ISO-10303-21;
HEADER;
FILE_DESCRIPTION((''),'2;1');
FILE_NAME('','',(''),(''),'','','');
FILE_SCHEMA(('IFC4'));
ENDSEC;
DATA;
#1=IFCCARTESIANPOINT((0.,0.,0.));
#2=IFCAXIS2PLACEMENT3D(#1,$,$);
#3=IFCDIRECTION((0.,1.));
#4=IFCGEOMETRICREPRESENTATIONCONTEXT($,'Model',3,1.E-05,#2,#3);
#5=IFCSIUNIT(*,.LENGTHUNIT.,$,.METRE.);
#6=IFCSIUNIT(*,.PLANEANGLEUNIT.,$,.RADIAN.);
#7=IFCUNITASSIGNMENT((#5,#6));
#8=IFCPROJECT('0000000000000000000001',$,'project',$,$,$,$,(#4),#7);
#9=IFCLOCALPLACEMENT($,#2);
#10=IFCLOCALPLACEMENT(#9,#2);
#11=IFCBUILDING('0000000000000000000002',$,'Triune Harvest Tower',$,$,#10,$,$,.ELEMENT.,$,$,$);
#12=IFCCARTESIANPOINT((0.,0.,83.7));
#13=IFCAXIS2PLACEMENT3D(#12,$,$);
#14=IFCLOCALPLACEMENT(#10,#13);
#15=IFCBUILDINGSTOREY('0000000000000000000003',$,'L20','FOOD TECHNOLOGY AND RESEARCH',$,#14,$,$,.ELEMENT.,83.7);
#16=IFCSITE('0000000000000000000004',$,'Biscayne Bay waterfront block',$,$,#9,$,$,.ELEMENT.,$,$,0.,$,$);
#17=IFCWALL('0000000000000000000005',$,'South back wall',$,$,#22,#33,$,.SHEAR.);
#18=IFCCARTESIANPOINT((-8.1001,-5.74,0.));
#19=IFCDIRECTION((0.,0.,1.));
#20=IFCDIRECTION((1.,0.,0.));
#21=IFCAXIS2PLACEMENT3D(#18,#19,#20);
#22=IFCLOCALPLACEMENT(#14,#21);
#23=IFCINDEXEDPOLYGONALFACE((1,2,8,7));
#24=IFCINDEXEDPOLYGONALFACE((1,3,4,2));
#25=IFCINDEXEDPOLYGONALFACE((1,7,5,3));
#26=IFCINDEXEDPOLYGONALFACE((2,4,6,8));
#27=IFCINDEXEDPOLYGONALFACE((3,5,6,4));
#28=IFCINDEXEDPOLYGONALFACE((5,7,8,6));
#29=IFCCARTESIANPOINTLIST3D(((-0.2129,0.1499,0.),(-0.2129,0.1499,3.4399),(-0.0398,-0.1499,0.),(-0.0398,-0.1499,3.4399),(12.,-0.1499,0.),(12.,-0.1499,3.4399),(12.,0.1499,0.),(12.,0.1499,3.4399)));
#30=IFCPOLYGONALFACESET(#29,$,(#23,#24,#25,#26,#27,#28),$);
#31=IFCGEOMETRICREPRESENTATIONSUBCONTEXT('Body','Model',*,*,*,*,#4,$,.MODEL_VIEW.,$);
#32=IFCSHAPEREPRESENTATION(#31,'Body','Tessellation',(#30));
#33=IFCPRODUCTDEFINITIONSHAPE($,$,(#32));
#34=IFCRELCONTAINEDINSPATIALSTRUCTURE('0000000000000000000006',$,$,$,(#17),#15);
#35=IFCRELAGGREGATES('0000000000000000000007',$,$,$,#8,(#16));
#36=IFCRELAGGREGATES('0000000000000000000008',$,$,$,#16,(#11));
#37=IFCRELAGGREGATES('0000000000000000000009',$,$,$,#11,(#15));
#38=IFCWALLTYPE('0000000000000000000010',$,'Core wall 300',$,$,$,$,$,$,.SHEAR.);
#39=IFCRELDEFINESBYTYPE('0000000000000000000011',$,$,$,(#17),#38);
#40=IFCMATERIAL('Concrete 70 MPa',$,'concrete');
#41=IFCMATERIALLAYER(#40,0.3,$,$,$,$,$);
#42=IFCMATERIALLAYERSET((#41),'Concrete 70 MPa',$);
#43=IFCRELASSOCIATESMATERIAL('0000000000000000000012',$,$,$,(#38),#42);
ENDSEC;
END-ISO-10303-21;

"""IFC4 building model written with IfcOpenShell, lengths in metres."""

from ifc_helpers import new_model, si_unit, direction, frame, origin, place, context, subcontext, project, spatial, polyline, outline, extrude, source, transform, mapped, material, layer, layer_set, type_object, element, save


model = new_model("IFC4")

# Units and contexts
model_context = context("Model", 3, precision=1e-05, world=origin(), true_north=direction((0.0, 1.0)))
body_context = subcontext(model_context, "Body", "Model", "MODEL_VIEW")
ifc_project = project(units=[si_unit("LENGTHUNIT", "METRE"), si_unit("PLANEANGLEUNIT", "RADIAN")], contexts=[model_context])

# Site, building, storey
site_placement = place(None, origin())
site = spatial("IfcSite", under=ifc_project, at=site_placement, Name="Biscayne Bay waterfront block", CompositionType="ELEMENT", RefElevation=0.0)
building_placement = place(site_placement, origin())
building = spatial("IfcBuilding", under=site, at=building_placement, Name="Triune Harvest Tower", CompositionType="ELEMENT")
storey_placement = place(building_placement, frame((0.0, 0.0, 83.7)))
storey = spatial("IfcBuildingStorey", under=building, at=storey_placement, Name="L20", Description="FOOD TECHNOLOGY AND RESEARCH", CompositionType="ELEMENT", Elevation=83.7)

# Shared definitions
ifc_material_1 = material(Name="Concrete 70 MPa", Category="concrete")
ifc_layer_1 = layer(ifc_material_1, 0.3)
ifc_layer_set_1 = layer_set([ifc_layer_1], Name="Concrete 70 MPa")
wall_type_1 = type_object("IfcWallType", Name="Core wall 300", PredefinedType="SHEAR", material=ifc_layer_set_1)

# Wall
shared_shape_1 = source(origin(), body_context, "Body", "SweptSolid", [
    extrude(outline(polyline([(12.0, -0.1499), (-0.0398, -0.1499), (-0.2129, 0.1499), (12.0, 0.1499), (12.0, -0.1499)])), origin(), (0.0, 0.0, 1.0), 3.4399),
])
wall_1_placement = place(storey_placement, frame((-8.1001, -5.74, 0.0), z_axis=(0.0, 0.0, 1.0), x_axis=(1.0, 0.0, 0.0)))
element("IfcWall", 1, at=wall_1_placement, inside=storey, type_object=wall_type_1, Name="South back wall", PredefinedType="SHEAR", context=body_context, shape_type="MappedRepresentation", body=[
    mapped(shared_shape_1, transform((0.0, 0.0, 0.0), scale=1.0)),
])

save(model, "model.ifc")
